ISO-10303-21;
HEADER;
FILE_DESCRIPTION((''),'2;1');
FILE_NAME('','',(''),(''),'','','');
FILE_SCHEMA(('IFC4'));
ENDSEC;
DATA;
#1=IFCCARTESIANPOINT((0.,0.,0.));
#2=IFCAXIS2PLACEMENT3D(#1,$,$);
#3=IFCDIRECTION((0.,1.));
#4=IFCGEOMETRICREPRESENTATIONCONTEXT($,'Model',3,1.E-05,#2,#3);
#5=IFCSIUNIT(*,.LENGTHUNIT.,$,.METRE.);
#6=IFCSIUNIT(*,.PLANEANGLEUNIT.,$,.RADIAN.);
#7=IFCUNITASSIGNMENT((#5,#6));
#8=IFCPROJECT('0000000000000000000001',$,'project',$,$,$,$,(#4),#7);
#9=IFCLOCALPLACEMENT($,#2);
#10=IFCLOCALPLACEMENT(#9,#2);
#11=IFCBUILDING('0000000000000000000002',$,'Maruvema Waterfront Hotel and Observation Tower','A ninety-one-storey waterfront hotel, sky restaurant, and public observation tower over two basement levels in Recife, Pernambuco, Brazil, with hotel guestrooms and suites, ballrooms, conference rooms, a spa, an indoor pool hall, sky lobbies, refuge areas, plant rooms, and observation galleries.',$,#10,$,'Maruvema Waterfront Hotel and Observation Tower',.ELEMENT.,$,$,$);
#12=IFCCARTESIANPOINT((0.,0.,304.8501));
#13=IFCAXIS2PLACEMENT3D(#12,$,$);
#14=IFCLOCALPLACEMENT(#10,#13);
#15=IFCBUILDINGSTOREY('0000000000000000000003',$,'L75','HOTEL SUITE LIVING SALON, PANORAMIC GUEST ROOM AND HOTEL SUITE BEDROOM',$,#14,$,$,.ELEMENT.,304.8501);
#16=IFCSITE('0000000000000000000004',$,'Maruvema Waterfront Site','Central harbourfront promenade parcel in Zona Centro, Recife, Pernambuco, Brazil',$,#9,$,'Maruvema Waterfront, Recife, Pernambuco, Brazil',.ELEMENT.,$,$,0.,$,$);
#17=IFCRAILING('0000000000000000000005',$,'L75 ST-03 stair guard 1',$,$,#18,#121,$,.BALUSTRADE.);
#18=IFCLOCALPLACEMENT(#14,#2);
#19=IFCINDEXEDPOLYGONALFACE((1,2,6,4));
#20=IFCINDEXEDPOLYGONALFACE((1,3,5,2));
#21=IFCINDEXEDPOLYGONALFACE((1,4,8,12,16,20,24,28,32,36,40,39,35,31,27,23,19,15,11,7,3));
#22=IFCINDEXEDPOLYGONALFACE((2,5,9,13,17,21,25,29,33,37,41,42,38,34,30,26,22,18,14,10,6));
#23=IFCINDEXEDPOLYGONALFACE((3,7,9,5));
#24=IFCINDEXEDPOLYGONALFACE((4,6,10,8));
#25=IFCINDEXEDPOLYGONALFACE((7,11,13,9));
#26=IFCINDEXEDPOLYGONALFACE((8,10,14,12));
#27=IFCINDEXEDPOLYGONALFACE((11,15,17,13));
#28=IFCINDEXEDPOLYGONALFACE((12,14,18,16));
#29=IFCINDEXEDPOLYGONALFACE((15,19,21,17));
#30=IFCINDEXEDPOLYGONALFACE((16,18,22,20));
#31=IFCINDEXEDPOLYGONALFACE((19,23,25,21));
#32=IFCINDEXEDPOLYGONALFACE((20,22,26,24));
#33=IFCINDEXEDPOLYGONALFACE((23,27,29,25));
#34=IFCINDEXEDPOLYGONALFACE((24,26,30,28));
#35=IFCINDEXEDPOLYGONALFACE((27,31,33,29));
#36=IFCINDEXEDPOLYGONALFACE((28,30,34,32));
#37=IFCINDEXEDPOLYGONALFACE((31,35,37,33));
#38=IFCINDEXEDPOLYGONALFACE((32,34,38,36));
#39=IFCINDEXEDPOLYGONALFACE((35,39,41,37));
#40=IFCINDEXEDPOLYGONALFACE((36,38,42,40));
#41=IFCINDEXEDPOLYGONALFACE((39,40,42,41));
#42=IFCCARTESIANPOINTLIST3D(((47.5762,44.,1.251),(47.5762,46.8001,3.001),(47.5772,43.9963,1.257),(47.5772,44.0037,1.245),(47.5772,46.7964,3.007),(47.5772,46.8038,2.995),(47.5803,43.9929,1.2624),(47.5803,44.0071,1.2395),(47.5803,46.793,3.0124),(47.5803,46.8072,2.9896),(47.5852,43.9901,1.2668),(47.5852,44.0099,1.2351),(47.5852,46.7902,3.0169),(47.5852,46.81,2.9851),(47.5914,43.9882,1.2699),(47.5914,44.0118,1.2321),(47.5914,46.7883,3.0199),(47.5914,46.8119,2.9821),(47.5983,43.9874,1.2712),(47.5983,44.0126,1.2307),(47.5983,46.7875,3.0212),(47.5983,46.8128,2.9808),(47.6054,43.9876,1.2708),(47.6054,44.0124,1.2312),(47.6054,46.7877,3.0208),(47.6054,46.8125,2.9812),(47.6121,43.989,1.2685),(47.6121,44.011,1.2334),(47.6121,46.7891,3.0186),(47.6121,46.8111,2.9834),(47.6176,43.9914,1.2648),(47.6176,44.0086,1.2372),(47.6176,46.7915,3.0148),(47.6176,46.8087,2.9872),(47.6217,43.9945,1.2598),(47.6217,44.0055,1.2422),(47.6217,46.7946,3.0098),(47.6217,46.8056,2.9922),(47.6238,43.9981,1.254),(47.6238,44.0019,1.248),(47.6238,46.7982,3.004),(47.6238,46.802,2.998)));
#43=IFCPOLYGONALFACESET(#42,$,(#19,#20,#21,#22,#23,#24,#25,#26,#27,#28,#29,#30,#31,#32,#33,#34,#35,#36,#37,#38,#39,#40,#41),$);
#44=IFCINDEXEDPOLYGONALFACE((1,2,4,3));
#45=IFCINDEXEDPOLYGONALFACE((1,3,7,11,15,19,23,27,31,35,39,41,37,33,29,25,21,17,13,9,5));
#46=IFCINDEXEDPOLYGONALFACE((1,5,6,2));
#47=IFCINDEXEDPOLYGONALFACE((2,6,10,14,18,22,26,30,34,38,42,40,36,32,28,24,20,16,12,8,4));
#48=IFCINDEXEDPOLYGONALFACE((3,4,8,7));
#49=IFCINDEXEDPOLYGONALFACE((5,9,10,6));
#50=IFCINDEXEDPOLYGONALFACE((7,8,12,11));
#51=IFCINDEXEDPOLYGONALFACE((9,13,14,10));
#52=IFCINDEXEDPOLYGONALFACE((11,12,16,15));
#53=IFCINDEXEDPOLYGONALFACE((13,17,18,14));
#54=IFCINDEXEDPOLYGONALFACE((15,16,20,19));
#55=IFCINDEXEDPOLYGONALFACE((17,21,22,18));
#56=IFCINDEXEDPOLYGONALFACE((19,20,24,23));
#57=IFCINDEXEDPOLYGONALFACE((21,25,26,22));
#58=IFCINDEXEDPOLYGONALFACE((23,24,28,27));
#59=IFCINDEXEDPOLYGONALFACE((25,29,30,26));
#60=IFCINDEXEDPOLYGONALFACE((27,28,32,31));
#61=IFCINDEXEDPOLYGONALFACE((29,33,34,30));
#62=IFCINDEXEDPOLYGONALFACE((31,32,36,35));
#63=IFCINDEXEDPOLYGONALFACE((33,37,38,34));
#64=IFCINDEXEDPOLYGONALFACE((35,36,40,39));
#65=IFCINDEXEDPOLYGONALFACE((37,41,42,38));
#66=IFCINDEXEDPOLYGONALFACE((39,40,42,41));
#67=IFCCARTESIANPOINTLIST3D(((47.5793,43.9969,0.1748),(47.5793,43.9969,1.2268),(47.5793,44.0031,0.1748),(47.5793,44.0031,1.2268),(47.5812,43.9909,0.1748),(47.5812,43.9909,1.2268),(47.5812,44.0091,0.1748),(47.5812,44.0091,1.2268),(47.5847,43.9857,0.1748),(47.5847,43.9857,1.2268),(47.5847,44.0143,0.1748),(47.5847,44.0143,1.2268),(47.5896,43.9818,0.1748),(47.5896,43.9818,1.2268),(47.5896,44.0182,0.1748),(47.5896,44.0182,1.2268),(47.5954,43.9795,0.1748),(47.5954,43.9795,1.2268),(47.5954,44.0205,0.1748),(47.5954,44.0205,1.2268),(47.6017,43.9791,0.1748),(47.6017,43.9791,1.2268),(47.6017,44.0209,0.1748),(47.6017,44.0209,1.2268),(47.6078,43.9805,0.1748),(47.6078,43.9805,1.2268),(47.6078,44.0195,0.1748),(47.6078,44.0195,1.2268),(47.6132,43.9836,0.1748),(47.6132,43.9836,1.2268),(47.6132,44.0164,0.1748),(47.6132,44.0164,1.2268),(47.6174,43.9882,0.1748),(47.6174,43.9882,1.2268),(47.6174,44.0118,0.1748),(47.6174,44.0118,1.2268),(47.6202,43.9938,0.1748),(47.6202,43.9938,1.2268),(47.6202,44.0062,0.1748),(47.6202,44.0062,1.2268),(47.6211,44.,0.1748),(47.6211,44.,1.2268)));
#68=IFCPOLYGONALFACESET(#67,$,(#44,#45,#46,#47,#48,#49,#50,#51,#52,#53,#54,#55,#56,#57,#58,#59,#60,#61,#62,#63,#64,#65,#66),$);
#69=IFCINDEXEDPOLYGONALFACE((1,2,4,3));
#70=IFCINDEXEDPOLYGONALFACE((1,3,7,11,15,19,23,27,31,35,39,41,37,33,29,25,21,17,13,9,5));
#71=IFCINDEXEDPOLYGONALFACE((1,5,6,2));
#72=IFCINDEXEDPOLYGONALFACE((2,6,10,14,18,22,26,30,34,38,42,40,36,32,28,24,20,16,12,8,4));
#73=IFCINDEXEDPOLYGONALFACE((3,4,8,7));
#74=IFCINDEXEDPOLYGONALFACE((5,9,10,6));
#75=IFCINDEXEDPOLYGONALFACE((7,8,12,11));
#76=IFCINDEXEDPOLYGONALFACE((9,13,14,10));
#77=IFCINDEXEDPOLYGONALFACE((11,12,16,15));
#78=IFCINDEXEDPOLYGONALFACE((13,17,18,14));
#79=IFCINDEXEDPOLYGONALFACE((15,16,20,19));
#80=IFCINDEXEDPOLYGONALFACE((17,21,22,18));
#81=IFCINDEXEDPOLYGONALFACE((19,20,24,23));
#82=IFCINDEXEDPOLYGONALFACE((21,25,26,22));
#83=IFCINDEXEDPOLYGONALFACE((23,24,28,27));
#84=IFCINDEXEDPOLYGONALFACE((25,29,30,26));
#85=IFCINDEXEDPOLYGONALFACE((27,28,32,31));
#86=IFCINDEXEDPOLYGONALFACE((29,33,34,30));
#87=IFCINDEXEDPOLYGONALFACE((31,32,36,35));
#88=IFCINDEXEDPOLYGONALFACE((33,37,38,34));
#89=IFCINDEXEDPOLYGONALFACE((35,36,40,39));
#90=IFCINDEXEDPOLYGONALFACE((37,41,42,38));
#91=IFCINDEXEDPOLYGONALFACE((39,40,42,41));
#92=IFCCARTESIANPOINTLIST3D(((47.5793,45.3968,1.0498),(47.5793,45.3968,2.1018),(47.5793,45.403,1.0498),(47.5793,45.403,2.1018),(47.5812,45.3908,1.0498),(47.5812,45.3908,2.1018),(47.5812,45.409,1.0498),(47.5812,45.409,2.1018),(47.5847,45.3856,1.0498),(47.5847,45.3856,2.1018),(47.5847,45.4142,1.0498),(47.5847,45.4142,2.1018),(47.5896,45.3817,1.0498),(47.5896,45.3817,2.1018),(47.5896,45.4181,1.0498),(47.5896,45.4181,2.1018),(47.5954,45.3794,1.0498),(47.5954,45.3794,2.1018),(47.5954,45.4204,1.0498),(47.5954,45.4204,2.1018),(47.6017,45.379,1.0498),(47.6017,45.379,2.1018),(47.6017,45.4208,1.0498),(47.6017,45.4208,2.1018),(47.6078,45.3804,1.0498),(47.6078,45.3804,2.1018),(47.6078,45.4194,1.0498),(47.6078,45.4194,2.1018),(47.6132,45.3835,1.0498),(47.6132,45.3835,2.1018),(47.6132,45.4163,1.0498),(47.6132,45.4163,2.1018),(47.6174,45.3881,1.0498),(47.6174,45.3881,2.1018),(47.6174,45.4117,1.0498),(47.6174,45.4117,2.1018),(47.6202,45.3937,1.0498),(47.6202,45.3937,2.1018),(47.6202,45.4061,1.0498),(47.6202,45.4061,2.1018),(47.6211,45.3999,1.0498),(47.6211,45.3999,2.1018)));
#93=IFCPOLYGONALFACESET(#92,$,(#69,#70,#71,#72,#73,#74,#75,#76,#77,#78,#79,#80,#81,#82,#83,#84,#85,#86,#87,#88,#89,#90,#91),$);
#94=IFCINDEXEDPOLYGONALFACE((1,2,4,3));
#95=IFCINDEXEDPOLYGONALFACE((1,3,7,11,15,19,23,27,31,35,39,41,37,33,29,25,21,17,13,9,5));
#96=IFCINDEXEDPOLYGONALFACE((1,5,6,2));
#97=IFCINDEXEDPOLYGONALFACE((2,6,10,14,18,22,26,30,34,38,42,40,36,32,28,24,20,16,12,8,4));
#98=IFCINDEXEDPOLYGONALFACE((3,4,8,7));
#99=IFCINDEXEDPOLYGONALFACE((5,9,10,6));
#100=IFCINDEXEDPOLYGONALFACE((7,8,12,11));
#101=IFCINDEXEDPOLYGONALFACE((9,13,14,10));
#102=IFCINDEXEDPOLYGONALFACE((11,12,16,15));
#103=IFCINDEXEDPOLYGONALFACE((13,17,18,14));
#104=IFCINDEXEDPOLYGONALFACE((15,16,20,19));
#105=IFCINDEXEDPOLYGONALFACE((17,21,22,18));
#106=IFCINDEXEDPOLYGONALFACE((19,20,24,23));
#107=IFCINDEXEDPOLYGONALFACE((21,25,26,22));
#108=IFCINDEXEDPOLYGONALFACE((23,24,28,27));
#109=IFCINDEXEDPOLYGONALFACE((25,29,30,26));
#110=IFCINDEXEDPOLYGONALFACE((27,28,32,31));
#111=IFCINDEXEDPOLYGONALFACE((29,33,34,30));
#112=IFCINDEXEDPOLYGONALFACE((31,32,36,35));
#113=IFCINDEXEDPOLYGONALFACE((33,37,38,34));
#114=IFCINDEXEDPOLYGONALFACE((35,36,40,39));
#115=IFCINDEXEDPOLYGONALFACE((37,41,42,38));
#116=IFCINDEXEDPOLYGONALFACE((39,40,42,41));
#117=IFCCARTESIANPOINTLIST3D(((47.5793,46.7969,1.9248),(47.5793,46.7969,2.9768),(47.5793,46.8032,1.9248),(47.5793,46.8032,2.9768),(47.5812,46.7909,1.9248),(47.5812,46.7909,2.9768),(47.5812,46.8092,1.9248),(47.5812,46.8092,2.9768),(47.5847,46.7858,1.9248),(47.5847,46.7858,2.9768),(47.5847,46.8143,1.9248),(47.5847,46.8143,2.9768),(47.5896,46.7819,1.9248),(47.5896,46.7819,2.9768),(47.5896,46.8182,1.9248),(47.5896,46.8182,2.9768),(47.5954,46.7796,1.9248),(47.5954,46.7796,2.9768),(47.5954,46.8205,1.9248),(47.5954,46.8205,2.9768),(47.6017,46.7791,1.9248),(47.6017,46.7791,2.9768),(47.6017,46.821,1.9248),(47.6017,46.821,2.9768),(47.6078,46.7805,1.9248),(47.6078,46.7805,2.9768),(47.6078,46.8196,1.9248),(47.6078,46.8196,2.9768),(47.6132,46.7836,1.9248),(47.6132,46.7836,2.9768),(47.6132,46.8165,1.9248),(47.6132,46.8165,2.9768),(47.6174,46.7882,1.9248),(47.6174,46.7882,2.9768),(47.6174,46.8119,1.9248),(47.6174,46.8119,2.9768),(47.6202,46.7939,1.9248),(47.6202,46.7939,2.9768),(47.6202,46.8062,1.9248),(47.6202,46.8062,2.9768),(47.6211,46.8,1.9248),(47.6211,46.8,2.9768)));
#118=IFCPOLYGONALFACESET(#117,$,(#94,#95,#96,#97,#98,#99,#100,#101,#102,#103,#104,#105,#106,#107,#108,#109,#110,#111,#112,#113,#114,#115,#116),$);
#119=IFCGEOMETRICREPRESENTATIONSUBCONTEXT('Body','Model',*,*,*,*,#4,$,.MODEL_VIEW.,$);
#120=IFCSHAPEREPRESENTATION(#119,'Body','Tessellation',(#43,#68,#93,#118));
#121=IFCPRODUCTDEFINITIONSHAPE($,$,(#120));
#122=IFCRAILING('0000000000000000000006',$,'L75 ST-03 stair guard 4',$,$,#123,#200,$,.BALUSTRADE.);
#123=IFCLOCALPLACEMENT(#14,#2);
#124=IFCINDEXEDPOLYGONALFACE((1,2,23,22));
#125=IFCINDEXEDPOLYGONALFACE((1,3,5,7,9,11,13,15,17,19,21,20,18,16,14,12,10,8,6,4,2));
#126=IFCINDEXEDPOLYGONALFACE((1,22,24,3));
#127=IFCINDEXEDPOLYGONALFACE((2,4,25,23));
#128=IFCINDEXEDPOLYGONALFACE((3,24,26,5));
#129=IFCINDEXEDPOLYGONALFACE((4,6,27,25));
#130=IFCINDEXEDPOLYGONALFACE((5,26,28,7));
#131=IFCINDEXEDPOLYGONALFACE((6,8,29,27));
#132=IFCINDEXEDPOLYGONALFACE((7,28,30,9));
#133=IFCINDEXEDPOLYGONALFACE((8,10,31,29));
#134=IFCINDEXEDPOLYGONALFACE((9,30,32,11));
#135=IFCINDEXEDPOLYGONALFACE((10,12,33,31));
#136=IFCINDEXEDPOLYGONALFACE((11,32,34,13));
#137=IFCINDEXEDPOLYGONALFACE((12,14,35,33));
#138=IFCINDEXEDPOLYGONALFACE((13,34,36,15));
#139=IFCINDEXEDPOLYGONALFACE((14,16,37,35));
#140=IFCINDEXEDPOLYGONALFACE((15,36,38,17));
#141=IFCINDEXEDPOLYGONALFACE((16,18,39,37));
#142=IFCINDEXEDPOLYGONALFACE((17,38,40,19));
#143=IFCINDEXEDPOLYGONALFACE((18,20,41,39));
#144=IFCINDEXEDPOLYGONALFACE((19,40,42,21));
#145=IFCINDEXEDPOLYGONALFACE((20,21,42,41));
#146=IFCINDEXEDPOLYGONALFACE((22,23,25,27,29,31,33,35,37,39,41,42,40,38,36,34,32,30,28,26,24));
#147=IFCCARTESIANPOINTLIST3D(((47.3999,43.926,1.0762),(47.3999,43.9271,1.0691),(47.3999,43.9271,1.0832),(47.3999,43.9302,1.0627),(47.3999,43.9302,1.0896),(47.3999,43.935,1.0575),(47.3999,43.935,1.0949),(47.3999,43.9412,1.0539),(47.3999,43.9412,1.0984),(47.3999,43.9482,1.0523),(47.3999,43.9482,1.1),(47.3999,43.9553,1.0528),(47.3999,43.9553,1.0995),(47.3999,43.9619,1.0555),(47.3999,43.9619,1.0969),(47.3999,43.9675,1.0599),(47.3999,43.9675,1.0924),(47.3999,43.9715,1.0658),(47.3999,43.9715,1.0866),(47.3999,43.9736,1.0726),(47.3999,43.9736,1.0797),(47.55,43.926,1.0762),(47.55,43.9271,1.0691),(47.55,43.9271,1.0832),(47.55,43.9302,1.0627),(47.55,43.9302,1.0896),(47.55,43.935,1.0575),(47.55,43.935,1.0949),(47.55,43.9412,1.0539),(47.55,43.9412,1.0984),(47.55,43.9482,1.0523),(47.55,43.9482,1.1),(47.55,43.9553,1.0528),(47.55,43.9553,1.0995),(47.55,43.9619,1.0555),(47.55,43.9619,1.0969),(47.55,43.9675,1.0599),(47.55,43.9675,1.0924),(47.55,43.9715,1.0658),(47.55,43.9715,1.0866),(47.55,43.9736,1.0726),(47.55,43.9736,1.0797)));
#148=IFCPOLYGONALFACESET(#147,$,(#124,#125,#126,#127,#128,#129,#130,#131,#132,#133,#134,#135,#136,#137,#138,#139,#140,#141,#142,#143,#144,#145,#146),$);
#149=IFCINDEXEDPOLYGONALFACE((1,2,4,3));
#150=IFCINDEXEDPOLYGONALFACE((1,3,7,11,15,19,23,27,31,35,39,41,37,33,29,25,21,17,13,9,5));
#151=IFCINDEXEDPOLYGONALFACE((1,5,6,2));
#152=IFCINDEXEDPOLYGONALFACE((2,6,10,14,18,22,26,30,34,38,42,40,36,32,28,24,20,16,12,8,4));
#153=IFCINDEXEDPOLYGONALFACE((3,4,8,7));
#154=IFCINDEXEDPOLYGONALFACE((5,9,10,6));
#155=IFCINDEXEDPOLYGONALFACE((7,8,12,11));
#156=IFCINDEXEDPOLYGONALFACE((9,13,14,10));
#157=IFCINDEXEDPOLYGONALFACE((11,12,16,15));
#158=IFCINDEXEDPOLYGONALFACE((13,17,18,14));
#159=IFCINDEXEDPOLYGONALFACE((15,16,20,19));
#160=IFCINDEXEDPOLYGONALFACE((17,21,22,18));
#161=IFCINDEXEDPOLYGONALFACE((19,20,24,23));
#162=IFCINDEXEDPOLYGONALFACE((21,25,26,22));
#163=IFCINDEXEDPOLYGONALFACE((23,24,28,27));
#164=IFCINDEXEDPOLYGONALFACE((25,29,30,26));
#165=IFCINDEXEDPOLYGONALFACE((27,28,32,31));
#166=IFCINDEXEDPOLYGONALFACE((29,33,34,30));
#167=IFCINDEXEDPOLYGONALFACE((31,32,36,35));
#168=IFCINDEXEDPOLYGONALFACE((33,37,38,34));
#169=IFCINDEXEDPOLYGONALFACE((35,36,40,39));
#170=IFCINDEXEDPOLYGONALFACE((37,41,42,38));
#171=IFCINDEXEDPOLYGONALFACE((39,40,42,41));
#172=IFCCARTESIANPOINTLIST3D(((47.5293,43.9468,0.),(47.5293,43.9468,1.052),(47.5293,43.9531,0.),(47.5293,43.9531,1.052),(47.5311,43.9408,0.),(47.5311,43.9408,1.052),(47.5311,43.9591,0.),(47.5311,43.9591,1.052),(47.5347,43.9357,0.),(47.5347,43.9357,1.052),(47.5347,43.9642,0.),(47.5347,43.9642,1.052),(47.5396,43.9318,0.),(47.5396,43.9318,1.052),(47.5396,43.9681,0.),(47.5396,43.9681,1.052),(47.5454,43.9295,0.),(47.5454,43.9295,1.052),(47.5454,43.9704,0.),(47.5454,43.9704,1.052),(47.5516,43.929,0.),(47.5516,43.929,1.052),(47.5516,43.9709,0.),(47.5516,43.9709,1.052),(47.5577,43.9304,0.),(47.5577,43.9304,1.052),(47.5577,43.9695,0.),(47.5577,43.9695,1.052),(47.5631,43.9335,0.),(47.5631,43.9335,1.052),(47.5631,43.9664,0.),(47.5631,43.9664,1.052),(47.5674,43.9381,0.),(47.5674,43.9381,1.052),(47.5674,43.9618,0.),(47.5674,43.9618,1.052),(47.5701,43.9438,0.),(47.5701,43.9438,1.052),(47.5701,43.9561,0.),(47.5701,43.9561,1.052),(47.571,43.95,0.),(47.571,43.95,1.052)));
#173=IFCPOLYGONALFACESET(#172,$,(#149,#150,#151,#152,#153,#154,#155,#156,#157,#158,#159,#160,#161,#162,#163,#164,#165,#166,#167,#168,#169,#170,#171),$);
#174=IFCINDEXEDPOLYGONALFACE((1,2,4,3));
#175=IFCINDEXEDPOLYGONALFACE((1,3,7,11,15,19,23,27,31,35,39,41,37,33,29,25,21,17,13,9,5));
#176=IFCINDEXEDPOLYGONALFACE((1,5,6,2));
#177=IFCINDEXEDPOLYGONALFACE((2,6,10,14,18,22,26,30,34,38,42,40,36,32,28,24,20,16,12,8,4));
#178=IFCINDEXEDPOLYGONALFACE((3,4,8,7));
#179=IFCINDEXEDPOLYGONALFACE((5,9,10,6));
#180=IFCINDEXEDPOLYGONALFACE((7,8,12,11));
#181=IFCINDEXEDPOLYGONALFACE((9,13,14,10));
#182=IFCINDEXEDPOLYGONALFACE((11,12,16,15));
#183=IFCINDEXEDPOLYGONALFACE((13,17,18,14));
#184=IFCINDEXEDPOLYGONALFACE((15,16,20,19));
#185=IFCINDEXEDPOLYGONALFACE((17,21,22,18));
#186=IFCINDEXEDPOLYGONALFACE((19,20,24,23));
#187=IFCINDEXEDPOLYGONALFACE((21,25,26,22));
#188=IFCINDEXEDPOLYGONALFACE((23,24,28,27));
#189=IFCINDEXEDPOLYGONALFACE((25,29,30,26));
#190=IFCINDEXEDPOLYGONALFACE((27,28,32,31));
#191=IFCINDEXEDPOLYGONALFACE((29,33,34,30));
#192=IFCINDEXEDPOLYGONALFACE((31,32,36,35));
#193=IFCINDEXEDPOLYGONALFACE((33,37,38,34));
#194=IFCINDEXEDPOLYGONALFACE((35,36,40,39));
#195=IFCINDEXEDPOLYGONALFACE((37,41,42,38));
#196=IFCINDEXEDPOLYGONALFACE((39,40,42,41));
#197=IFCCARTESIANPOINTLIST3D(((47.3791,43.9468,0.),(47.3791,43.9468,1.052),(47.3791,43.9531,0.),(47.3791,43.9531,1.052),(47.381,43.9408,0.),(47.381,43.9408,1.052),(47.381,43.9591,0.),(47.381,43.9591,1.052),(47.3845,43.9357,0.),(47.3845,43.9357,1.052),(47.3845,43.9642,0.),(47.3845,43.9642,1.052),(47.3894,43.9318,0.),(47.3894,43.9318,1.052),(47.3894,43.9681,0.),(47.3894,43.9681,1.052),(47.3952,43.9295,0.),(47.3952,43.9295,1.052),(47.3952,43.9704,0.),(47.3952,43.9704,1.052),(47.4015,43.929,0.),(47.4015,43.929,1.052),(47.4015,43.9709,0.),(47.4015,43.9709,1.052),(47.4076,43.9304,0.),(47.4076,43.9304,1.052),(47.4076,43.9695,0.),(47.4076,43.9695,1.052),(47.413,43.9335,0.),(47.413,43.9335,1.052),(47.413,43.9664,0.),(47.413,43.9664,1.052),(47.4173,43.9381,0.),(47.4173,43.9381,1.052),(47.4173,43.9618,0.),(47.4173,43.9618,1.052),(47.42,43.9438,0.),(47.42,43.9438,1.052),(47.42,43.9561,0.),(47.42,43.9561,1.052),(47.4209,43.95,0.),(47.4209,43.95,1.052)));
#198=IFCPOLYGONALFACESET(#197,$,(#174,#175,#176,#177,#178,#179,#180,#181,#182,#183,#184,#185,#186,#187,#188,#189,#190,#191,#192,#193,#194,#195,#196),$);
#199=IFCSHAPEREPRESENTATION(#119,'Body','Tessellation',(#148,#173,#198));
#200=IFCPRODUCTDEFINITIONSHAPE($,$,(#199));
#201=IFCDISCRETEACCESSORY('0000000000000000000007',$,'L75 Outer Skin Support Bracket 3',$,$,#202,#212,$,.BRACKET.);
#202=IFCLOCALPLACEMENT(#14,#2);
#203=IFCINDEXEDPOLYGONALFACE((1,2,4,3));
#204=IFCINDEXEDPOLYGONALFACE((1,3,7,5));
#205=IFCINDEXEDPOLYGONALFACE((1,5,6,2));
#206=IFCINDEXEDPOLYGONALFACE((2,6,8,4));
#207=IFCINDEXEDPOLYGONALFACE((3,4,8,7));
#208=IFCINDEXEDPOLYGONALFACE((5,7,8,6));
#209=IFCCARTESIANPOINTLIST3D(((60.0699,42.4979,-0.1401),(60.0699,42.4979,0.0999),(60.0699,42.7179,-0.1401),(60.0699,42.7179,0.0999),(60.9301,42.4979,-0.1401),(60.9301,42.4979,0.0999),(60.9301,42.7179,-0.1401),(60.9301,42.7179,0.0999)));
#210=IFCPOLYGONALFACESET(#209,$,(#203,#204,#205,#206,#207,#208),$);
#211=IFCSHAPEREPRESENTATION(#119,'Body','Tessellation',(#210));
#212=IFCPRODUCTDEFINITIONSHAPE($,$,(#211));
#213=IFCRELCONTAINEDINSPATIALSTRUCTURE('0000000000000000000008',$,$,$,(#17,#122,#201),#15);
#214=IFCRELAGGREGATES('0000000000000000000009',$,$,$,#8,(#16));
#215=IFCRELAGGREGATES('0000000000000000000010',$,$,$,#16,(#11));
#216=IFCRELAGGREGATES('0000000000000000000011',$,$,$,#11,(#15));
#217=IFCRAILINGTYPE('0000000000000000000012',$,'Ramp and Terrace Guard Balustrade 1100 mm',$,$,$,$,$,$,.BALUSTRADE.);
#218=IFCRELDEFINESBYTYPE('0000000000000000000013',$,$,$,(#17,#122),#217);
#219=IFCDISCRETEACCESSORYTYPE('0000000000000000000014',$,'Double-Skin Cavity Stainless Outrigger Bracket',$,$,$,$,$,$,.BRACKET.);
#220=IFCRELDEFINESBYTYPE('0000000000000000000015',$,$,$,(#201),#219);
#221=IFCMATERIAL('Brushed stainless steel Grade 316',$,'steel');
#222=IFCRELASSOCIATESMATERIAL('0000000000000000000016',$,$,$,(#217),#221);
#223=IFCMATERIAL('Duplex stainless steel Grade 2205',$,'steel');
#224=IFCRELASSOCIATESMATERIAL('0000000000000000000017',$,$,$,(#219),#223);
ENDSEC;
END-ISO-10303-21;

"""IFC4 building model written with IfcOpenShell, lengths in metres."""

from ifc_helpers import new_model, si_unit, direction, frame, origin, origin_2d, place, context, subcontext, project, spatial, rectangle, circle, extrude, material, type_object, element, save


model = new_model("IFC4")

# Units and contexts
model_context = context("Model", 3, precision=1e-05, world=origin(), true_north=direction((0.0, 1.0)))
body_context = subcontext(model_context, "Body", "Model", "MODEL_VIEW")
ifc_project = project(units=[si_unit("LENGTHUNIT", "METRE"), si_unit("PLANEANGLEUNIT", "RADIAN")], contexts=[model_context])

# Site, building, storey
site_placement = place(None, origin())
site = spatial("IfcSite", under=ifc_project, at=site_placement, Name="Maruvema Waterfront Site", Description="Central harbourfront promenade parcel in Zona Centro, Recife, Pernambuco, Brazil", LongName="Maruvema Waterfront, Recife, Pernambuco, Brazil", CompositionType="ELEMENT", RefElevation=0.0)
building_placement = place(site_placement, origin())
building = spatial("IfcBuilding", under=site, at=building_placement, Name="Maruvema Waterfront Hotel and Observation Tower", Description="A ninety-one-storey waterfront hotel, sky restaurant, and public observation tower over two basement levels in Recife, Pernambuco, Brazil, with hotel guestrooms and suites, ballrooms, conference rooms, a spa, an indoor pool hall, sky lobbies, refuge areas, plant rooms, and observation galleries.", LongName="Maruvema Waterfront Hotel and Observation Tower", CompositionType="ELEMENT")
storey_placement = place(building_placement, frame((0.0, 0.0, 304.8501)))
storey = spatial("IfcBuildingStorey", under=building, at=storey_placement, Name="L75", Description="HOTEL SUITE LIVING SALON, PANORAMIC GUEST ROOM AND HOTEL SUITE BEDROOM", CompositionType="ELEMENT", Elevation=304.8501)

# Railings
ifc_material_1 = material(Name="Brushed stainless steel Grade 316", Category="steel")
railing_type = type_object("IfcRailingType", Name="Ramp and Terrace Guard Balustrade 1100 mm", PredefinedType="BALUSTRADE", material=ifc_material_1)
railing_1_placement = place(storey_placement, frame((47.6001, 44.0, 0.1748)))
element("IfcRailing", 1, at=railing_1_placement, inside=storey, type_object=railing_type, Name="L75 ST-03 stair guard 1", PredefinedType="BALUSTRADE", context=body_context, shape_type="SweptSolid", body=[
    extrude(circle(Radius=0.0239, at=origin_2d()), frame((0.0, 0.0, 1.0762), z_axis=(0.0, 0.848002, 0.529992), x_axis=(-1.0, 0.0, 0.0)), (0.0, 0.0, 1.0), 3.302),
    extrude(circle(Radius=0.021, at=origin_2d()), origin(), (0.0, 0.0, 1.0), 1.052),
    extrude(circle(Radius=0.021, at=origin_2d()), frame((0.0, 1.3999, 0.875)), (0.0, 0.0, 1.0), 1.052),
    extrude(circle(Radius=0.021, at=origin_2d()), frame((0.0, 2.8, 1.75)), (0.0, 0.0, 1.0), 1.052),
])
railing_2_placement = place(storey_placement, frame((47.55, 43.95, 0.0)))
element("IfcRailing", 2, at=railing_2_placement, inside=storey, type_object=railing_type, Name="L75 ST-03 stair guard 4", PredefinedType="BALUSTRADE", context=body_context, shape_type="SweptSolid", body=[
    extrude(circle(Radius=0.0239, at=origin_2d()), frame((0.0, 0.0, 1.0762), z_axis=(-1.0, 0.0, 0.0), x_axis=(0.0, -1.0, 0.0)), (0.0, 0.0, 1.0), 0.1501),
    extrude(circle(Radius=0.021, at=origin_2d()), origin(), (0.0, 0.0, 1.0), 1.052),
    extrude(circle(Radius=0.021, at=origin_2d()), frame((-0.1501, 0.0, 0.0)), (0.0, 0.0, 1.0), 1.052),
])

# Discrete accessory
ifc_material_2 = material(Name="Duplex stainless steel Grade 2205", Category="steel")
discrete_accessory_type = type_object("IfcDiscreteAccessoryType", Name="Double-Skin Cavity Stainless Outrigger Bracket", PredefinedType="BRACKET", material=ifc_material_2)
discrete_accessory_placement = place(storey_placement, frame((60.5, 42.6079, -0.1401), z_axis=(0.0, 0.0, 1.0), x_axis=(0.0, 1.0, 0.0)))
element("IfcDiscreteAccessory", 3, at=discrete_accessory_placement, inside=storey, type_object=discrete_accessory_type, Name="L75 Outer Skin Support Bracket 3", PredefinedType="BRACKET", context=body_context, shape_type="SweptSolid", body=[
    extrude(rectangle(XDim=0.22, YDim=0.8601, at=origin_2d()), origin(), (0.0, 0.0, 1.0), 0.24),
])

save(model, "model.ifc")
